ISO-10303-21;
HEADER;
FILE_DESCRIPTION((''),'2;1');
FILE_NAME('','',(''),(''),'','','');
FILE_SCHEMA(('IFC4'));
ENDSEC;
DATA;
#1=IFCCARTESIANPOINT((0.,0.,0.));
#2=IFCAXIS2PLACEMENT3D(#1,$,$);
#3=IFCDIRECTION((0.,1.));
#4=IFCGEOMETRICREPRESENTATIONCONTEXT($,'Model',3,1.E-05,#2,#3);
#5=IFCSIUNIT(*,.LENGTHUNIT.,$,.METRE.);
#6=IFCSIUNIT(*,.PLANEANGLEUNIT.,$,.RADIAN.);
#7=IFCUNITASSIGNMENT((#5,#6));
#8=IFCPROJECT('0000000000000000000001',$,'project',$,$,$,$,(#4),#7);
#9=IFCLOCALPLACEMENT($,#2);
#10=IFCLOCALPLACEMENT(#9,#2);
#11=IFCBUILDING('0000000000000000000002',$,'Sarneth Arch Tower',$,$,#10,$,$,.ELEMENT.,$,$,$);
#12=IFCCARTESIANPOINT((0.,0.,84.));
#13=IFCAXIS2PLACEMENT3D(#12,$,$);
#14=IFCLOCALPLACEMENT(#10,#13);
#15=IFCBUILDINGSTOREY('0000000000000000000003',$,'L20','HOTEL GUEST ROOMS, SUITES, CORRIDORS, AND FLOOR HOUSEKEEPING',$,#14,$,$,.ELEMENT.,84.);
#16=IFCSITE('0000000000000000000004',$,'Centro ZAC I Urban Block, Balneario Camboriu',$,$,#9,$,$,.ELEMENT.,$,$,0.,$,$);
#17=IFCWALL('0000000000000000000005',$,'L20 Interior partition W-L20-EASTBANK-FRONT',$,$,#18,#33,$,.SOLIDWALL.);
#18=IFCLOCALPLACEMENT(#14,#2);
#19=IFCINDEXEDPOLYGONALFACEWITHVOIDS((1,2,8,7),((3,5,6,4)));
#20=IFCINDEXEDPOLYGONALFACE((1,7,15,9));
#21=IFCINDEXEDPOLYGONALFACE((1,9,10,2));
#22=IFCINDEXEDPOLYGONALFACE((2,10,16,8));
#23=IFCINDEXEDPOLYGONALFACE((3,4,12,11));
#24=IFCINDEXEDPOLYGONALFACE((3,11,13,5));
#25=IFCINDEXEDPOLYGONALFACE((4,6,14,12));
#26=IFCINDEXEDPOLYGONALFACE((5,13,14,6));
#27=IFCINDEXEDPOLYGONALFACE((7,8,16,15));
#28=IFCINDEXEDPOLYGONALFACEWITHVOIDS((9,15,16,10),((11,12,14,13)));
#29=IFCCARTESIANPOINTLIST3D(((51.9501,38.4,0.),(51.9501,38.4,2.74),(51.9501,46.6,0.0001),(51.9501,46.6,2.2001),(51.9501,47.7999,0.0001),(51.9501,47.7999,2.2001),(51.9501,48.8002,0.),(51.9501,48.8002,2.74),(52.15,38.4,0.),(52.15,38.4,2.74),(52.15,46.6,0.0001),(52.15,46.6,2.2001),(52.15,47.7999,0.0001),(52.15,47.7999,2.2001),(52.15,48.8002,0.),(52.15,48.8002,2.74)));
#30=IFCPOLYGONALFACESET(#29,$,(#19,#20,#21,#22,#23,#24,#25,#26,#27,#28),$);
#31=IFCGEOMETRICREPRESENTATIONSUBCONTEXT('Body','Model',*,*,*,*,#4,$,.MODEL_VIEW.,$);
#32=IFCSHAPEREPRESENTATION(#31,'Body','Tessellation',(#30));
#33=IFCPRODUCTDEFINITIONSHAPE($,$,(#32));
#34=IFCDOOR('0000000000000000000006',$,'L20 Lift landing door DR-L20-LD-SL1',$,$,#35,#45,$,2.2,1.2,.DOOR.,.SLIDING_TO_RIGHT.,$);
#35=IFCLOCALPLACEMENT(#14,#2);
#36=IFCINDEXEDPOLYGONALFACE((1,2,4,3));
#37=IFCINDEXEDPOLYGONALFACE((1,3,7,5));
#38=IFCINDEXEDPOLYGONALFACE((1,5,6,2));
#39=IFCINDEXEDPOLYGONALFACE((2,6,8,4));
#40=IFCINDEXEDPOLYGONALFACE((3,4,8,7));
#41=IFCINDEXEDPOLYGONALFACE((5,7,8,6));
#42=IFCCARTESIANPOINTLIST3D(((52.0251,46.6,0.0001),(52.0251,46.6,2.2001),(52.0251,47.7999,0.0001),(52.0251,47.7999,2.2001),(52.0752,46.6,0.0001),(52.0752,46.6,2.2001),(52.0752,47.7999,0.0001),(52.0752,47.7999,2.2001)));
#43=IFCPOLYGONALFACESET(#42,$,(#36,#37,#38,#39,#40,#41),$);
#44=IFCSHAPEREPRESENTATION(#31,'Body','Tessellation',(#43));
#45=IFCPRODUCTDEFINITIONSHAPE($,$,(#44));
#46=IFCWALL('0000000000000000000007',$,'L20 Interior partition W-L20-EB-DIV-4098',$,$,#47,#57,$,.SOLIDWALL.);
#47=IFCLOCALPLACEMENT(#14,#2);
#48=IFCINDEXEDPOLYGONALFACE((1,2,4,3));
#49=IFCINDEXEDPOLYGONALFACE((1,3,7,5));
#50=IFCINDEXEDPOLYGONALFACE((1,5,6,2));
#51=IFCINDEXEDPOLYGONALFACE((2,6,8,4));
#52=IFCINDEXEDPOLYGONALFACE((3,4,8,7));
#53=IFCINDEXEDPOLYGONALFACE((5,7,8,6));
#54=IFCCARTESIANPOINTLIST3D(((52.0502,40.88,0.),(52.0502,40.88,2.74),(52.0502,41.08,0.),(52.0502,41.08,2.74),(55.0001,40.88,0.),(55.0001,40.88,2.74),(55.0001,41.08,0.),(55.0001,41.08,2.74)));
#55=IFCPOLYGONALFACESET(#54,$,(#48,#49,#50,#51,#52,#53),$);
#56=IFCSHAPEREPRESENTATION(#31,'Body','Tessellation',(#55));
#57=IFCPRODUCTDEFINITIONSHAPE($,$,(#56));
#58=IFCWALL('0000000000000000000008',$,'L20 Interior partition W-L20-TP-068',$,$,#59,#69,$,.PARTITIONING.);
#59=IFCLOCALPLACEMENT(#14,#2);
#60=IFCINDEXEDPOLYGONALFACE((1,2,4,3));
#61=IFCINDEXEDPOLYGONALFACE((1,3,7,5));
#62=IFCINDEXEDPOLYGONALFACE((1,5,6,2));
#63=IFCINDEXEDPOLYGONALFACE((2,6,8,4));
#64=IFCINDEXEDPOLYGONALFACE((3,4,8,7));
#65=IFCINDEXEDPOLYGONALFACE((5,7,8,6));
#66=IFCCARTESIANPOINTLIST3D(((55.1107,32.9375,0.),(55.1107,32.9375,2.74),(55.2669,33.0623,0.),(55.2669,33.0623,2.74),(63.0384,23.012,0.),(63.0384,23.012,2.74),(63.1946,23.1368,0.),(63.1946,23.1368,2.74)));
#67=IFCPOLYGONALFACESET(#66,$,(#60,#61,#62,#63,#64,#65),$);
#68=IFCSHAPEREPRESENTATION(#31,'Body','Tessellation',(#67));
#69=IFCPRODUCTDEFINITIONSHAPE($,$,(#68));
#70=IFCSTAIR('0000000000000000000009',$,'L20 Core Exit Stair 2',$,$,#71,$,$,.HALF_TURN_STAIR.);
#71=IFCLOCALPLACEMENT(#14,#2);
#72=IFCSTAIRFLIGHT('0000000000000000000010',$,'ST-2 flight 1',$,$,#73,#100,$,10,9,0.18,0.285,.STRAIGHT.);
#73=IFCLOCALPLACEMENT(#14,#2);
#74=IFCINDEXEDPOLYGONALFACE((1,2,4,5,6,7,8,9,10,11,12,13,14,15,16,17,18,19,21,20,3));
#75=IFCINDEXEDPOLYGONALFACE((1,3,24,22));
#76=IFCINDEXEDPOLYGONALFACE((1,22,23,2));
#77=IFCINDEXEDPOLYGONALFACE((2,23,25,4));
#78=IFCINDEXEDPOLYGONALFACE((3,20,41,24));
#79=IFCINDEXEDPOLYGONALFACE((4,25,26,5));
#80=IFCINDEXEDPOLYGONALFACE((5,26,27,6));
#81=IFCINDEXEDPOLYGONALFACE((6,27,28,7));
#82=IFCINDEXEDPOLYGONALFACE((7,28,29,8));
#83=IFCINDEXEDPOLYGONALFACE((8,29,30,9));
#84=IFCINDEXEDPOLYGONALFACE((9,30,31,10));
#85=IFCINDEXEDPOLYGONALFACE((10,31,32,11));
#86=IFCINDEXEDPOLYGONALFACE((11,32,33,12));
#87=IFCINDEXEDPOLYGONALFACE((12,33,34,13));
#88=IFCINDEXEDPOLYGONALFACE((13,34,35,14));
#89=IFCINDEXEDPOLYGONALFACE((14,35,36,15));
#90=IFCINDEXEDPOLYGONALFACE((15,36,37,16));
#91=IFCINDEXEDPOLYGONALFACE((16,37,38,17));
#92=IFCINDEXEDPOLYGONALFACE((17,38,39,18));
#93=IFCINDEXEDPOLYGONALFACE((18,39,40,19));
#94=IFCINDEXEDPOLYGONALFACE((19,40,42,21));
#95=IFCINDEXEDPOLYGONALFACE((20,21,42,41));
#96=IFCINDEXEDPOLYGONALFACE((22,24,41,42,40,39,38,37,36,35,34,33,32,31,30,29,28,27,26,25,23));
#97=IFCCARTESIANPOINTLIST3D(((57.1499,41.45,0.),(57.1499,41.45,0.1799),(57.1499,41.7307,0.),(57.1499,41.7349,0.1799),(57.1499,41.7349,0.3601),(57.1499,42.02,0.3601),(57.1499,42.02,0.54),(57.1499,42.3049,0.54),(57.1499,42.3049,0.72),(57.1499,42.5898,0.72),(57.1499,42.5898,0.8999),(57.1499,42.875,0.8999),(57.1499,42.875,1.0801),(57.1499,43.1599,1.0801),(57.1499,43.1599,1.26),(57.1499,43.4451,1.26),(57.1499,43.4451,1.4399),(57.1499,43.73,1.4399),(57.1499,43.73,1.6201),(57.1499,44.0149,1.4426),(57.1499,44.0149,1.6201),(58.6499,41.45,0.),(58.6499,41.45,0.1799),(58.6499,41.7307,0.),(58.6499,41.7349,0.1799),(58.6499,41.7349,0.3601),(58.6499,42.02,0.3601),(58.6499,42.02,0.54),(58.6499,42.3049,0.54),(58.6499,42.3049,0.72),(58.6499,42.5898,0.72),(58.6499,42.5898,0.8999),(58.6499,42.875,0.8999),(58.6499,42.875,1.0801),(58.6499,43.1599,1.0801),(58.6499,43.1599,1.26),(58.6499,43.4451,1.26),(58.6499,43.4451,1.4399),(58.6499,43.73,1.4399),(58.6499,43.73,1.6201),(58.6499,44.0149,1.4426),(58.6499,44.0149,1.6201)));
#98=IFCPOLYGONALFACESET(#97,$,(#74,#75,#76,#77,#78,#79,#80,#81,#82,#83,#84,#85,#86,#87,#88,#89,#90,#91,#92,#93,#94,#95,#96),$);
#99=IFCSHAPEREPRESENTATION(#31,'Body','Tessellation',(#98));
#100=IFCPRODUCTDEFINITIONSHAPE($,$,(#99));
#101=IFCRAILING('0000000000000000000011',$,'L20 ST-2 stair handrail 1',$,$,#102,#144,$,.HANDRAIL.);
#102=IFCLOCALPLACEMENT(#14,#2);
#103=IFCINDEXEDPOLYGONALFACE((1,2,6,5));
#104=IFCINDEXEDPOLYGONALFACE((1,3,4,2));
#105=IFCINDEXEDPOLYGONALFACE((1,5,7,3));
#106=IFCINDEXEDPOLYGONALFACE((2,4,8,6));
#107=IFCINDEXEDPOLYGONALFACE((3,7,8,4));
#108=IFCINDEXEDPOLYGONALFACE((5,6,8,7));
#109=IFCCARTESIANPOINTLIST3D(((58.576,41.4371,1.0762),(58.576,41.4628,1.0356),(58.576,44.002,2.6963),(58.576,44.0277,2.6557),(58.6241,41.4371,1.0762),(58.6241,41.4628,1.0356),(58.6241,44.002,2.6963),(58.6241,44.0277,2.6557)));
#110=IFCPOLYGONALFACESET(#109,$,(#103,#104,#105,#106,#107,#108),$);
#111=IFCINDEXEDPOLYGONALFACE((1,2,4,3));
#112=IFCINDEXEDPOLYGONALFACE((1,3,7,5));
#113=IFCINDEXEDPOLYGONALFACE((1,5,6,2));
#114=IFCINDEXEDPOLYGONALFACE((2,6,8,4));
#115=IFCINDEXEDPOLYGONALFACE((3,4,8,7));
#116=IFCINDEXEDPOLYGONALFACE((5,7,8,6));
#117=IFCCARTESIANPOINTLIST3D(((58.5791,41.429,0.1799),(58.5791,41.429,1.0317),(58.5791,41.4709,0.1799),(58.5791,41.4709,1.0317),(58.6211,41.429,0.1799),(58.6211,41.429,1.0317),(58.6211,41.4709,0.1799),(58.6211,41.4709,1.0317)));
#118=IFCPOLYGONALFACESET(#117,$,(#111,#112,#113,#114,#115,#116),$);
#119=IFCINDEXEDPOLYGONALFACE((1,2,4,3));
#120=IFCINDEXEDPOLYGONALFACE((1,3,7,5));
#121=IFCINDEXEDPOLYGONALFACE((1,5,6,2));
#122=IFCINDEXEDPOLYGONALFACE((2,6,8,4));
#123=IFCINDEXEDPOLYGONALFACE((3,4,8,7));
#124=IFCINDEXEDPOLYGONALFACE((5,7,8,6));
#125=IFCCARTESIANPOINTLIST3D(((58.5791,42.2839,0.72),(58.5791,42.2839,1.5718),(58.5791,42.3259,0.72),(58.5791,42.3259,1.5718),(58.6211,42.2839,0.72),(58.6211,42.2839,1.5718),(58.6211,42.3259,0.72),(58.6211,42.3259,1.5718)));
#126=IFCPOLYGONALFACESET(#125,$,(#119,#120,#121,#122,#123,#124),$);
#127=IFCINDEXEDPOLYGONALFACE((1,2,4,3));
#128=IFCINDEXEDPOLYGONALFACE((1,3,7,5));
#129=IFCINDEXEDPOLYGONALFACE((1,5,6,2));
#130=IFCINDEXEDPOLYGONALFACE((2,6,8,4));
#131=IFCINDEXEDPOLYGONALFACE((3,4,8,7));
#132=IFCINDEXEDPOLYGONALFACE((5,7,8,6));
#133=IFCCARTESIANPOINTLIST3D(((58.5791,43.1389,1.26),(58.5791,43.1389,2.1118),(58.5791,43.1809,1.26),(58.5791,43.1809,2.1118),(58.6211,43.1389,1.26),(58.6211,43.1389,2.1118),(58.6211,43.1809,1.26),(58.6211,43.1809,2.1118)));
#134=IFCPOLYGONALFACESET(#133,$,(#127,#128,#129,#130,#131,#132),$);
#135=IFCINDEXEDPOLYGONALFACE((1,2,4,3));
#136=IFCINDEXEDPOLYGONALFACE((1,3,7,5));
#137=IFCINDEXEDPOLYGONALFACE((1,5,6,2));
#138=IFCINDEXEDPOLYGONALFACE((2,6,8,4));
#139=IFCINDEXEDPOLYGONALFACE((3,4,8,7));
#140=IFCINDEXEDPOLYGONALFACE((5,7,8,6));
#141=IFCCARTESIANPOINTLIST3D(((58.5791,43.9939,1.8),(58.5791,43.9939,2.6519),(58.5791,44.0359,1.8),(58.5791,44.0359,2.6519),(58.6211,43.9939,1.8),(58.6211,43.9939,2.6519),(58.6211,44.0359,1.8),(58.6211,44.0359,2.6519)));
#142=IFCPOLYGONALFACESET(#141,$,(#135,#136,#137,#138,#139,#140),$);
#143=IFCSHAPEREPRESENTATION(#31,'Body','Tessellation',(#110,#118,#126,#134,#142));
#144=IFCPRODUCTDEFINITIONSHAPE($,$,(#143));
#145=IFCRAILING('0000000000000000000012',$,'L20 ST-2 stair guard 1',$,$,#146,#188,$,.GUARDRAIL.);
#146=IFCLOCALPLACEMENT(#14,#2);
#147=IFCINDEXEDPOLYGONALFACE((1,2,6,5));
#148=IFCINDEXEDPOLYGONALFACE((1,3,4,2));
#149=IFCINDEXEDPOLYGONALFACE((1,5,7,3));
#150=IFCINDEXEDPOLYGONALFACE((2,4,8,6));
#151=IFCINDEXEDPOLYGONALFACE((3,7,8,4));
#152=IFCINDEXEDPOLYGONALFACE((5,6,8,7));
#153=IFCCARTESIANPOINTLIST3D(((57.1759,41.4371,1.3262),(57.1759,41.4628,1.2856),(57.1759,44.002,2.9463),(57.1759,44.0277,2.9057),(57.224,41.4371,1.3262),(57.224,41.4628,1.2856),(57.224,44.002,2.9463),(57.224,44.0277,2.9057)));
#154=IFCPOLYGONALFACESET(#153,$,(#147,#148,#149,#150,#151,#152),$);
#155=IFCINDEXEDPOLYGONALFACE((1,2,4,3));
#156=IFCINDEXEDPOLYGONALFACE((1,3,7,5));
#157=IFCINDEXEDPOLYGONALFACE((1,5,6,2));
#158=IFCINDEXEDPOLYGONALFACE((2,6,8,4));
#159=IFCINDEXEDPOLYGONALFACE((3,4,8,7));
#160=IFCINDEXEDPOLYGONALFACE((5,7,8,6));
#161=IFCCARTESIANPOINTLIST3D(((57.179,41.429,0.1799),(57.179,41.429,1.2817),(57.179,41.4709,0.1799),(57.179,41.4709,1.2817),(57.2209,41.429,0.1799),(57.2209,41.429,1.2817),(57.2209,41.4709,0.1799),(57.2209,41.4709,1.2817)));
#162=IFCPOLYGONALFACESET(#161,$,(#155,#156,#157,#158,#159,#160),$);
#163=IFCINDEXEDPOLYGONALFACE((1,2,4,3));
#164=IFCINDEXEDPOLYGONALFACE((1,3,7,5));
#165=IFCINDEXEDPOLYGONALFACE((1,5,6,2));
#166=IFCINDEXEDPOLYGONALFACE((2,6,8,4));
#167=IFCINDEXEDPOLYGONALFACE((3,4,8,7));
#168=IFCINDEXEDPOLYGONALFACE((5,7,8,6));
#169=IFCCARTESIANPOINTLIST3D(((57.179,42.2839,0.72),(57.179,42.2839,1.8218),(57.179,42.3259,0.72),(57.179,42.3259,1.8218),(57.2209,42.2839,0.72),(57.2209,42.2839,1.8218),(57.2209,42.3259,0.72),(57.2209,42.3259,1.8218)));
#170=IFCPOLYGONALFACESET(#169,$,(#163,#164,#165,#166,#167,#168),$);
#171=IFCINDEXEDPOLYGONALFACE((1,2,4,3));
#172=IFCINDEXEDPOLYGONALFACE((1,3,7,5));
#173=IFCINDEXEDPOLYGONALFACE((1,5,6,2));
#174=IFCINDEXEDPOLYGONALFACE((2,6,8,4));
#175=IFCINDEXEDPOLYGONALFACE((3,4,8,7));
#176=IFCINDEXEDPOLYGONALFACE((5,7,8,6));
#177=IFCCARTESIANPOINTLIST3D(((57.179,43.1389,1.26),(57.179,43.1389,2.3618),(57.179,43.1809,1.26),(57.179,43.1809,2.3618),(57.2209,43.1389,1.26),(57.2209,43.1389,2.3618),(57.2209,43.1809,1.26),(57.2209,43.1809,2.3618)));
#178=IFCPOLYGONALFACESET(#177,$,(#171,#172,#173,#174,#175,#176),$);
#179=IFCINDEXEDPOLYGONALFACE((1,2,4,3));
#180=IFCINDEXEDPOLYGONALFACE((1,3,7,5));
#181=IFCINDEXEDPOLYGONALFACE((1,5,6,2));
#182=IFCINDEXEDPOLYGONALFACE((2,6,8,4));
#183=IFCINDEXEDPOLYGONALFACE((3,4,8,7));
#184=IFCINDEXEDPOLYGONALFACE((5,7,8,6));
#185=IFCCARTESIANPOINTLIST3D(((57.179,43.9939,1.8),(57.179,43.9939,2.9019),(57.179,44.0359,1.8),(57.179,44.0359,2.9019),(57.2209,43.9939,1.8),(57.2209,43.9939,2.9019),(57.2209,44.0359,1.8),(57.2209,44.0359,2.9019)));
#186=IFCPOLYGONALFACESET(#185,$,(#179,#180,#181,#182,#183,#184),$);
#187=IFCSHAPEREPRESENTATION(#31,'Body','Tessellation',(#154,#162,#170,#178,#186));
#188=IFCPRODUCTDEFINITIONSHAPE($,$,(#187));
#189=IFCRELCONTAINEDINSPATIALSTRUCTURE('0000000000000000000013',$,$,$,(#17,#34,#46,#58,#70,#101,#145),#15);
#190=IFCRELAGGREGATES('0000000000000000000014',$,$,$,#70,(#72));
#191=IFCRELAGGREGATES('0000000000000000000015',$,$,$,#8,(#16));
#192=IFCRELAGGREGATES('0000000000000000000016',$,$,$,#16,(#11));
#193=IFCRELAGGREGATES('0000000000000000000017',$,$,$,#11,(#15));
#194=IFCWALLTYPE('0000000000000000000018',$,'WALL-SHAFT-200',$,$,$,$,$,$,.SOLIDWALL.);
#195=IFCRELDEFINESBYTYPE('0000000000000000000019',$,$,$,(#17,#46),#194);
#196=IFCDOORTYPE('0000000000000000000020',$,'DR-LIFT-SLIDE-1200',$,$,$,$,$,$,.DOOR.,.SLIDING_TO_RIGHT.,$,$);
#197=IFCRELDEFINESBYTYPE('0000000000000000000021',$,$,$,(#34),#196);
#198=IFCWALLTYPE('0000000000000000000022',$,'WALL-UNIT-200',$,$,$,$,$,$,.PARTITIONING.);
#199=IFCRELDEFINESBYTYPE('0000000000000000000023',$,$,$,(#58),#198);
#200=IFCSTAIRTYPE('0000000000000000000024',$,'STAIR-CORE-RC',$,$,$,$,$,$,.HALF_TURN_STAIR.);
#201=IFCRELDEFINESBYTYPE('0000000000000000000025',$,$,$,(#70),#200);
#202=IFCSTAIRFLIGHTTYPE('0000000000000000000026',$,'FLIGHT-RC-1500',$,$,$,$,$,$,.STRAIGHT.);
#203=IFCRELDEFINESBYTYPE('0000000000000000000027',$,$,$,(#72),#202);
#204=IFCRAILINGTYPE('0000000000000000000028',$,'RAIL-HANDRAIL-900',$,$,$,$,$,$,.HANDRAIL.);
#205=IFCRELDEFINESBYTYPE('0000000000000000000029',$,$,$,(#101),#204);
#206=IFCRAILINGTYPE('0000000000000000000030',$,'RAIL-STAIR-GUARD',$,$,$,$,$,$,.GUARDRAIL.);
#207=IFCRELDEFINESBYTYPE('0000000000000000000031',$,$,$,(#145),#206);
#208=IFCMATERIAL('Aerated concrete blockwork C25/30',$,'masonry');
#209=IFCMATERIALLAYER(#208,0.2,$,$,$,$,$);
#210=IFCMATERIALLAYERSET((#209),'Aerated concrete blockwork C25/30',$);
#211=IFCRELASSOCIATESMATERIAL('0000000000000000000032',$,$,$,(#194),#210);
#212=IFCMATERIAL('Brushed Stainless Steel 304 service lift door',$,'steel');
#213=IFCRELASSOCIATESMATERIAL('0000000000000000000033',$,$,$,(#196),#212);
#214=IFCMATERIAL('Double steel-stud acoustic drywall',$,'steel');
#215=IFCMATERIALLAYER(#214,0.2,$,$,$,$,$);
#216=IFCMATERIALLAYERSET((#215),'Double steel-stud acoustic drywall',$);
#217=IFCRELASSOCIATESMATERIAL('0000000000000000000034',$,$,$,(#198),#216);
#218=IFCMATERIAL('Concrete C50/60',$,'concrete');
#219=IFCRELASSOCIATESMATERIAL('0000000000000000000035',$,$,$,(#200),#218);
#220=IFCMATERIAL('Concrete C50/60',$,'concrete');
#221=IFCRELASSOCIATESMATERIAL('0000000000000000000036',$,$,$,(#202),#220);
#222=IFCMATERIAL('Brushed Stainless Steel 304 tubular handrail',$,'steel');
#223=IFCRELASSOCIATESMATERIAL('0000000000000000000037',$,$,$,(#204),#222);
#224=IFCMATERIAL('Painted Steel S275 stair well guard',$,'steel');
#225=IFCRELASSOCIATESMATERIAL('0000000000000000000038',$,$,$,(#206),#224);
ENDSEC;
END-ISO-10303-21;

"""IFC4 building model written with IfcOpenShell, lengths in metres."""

from ifc_helpers import new_model, si_unit, direction, frame, frame_2d, origin, origin_2d, place, context, subcontext, project, spatial, polyline, rectangle, outline, extrude, material, layer, layer_set, type_object, element, fill, aggregate, save


model = new_model("IFC4")

# Units and contexts
model_context = context("Model", 3, precision=1e-05, world=origin(), true_north=direction((0.0, 1.0)))
body_context = subcontext(model_context, "Body", "Model", "MODEL_VIEW")
ifc_project = project(units=[si_unit("LENGTHUNIT", "METRE"), si_unit("PLANEANGLEUNIT", "RADIAN")], contexts=[model_context])

# Site, building, storey
site_placement = place(None, origin())
site = spatial("IfcSite", under=ifc_project, at=site_placement, Name="Centro ZAC I Urban Block, Balneario Camboriu", CompositionType="ELEMENT", RefElevation=0.0)
building_placement = place(site_placement, origin())
building = spatial("IfcBuilding", under=site, at=building_placement, Name="Sarneth Arch Tower", CompositionType="ELEMENT")
storey_placement = place(building_placement, frame((0.0, 0.0, 84.0)))
storey = spatial("IfcBuildingStorey", under=building, at=storey_placement, Name="L20", Description="HOTEL GUEST ROOMS, SUITES, CORRIDORS, AND FLOOR HOUSEKEEPING", CompositionType="ELEMENT", Elevation=84.0)

# Shared definitions
ifc_material_1 = material(Name="Aerated concrete blockwork C25/30", Category="masonry")
ifc_layer_1 = layer(ifc_material_1, 0.2)
ifc_layer_set_1 = layer_set([ifc_layer_1], Name="Aerated concrete blockwork C25/30")
wall_type_1 = type_object("IfcWallType", Name="WALL-SHAFT-200", PredefinedType="SOLIDWALL", material=ifc_layer_set_1)

# Wall, opening, door
wall_1_placement = place(storey_placement, frame((52.05, 38.3999, 0.0), z_axis=(0.0, 0.0, 1.0), x_axis=(0.0, 1.0, 0.0)))
wall_1 = element("IfcWall", 1, at=wall_1_placement, inside=storey, type_object=wall_type_1, Name="L20 Interior partition W-L20-EASTBANK-FRONT", PredefinedType="SOLIDWALL", context=body_context, shape_type="SweptSolid", body=[
    extrude(rectangle(XDim=10.4001, YDim=0.2, at=frame_2d((5.2002, 0.0))), origin(), (0.0, 0.0, 1.0), 2.74),
])
opening_1_placement = place(wall_1_placement, frame((8.2, 0.0, 0.0)))
opening_1 = element("IfcOpeningElement", 2, at=opening_1_placement, cuts=wall_1, PredefinedType="OPENING", context=body_context, shape_type="SweptSolid", body=[
    extrude(rectangle(XDim=1.2, YDim=2.2, at=frame_2d((0.6001, 1.1001))), frame((0.0, 0.1099, 0.0), z_axis=(0.0, -1.0, 0.0), x_axis=(1.0, 0.0, 0.0)), (0.0, 0.0, 1.0), 0.22),
])
ifc_material_2 = material(Name="Brushed Stainless Steel 304 service lift door", Category="steel")
door_type_1 = type_object("IfcDoorType", Name="DR-LIFT-SLIDE-1200", OperationType="SLIDING_TO_RIGHT", PredefinedType="DOOR", material=ifc_material_2)
door_1_placement = place(opening_1_placement, origin())
door_1 = element("IfcDoor", 3, at=door_1_placement, inside=storey, type_object=door_type_1, Name="L20 Lift landing door DR-L20-LD-SL1", OperationType="SLIDING_TO_RIGHT", OverallHeight=2.2, OverallWidth=1.2, PredefinedType="DOOR", context=body_context, shape_type="SweptSolid", body=[
    extrude(rectangle(XDim=1.2, YDim=2.2, at=frame_2d((0.6001, 1.1001))), frame((0.0, 0.0249, 0.0), z_axis=(0.0, -1.0, 0.0), x_axis=(1.0, 0.0, 0.0)), (0.0, 0.0, 1.0), 0.05),
])
fill(opening_1, door_1)

# Walls
wall_2_placement = place(storey_placement, frame((52.05, 40.98, 0.0), z_axis=(0.0, 0.0, 1.0), x_axis=(1.0, 0.0, 0.0)))
element("IfcWall", 4, at=wall_2_placement, inside=storey, type_object=wall_type_1, Name="L20 Interior partition W-L20-EB-DIV-4098", PredefinedType="SOLIDWALL", context=body_context, shape_type="SweptSolid", body=[
    extrude(rectangle(XDim=2.95, YDim=0.2, at=frame_2d((1.4751, 0.0))), origin(), (0.0, 0.0, 1.0), 2.74),
])
ifc_material_3 = material(Name="Double steel-stud acoustic drywall", Category="steel")
ifc_layer_2 = layer(ifc_material_3, 0.2)
ifc_layer_set_2 = layer_set([ifc_layer_2], Name="Double steel-stud acoustic drywall")
wall_type_2 = type_object("IfcWallType", Name="WALL-UNIT-200", PredefinedType="PARTITIONING", material=ifc_layer_set_2)
wall_3_placement = place(storey_placement, frame((55.1887, 33.0, 0.0), z_axis=(0.0, 0.0, 1.0), x_axis=(0.624085, -0.781356, 0.0)))
element("IfcWall", 5, at=wall_3_placement, inside=storey, type_object=wall_type_2, Name="L20 Interior partition W-L20-TP-068", PredefinedType="PARTITIONING", context=body_context, shape_type="SweptSolid", body=[
    extrude(rectangle(XDim=12.7029, YDim=0.2, at=frame_2d((6.3516, 0.0))), origin(), (0.0, 0.0, 1.0), 2.74),
])

# Stair, stair flight
ifc_material_4 = material(Name="Concrete C50/60", Category="concrete")
stair_type = type_object("IfcStairType", Name="STAIR-CORE-RC", PredefinedType="HALF_TURN_STAIR", material=ifc_material_4)
stair_placement = place(storey_placement, origin())
stair = element("IfcStair", 6, at=stair_placement, inside=storey, type_object=stair_type, Name="L20 Core Exit Stair 2", PredefinedType="HALF_TURN_STAIR")
ifc_material_5 = material(Name="Concrete C50/60", Category="concrete")
stair_flight_type = type_object("IfcStairFlightType", Name="FLIGHT-RC-1500", PredefinedType="STRAIGHT", material=ifc_material_5)
stair_flight_placement = place(storey_placement, frame((57.8999, 41.45, 0.0), z_axis=(0.0, 0.0, 1.0), x_axis=(0.0, 1.0, 0.0)))
stair_flight = element("IfcStairFlight", 7, at=stair_flight_placement, type_object=stair_flight_type, Name="ST-2 flight 1", NumberOfRisers=10, NumberOfTreads=9, PredefinedType="STRAIGHT", RiserHeight=0.18, TreadLength=0.285, context=body_context, shape_type="SweptSolid", body=[
    extrude(outline(polyline([(0.0, 0.0), (0.0, 0.1799), (0.2849, 0.1799), (0.2849, 0.3601), (0.5701, 0.3601), (0.5701, 0.54), (0.855, 0.54), (0.855, 0.72), (1.1399, 0.72), (1.1399, 0.8999), (1.425, 0.8999), (1.425, 1.0801), (1.71, 1.0801), (1.71, 1.26), (1.9951, 1.26), (1.9951, 1.4399), (2.28, 1.4399), (2.28, 1.6201), (2.5649, 1.6201), (2.5649, 1.8), (2.5649, 1.4426), (0.2808, 0.0), (0.0, 0.0)])), frame((0.0, 0.75, 0.0), z_axis=(0.0, -1.0, 0.0), x_axis=(1.0, 0.0, 0.0)), (0.0, 0.0, 1.0), 1.5),
])
aggregate(stair, [stair_flight])

# Railings
ifc_material_6 = material(Name="Brushed Stainless Steel 304 tubular handrail", Category="steel")
railing_type_1 = type_object("IfcRailingType", Name="RAIL-HANDRAIL-900", PredefinedType="HANDRAIL", material=ifc_material_6)
railing_1_placement = place(storey_placement, frame((58.6001, 41.45, 0.1799)))
element("IfcRailing", 8, at=railing_1_placement, inside=storey, type_object=railing_type_1, Name="L20 ST-2 stair handrail 1", PredefinedType="HANDRAIL", context=body_context, shape_type="SweptSolid", body=[
    extrude(rectangle(XDim=0.0481, YDim=0.0481, at=origin_2d()), frame((0.0, 0.0, 0.876), z_axis=(0.0, 0.845466, 0.534029), x_axis=(-1.0, 0.0, 0.0)), (0.0, 0.0, 1.0), 3.0337),
    extrude(rectangle(XDim=0.042, YDim=0.042, at=origin_2d()), origin(), (0.0, 0.0, 1.0), 0.8518),
    extrude(rectangle(XDim=0.042, YDim=0.042, at=origin_2d()), frame((0.0, 0.855, 0.54)), (0.0, 0.0, 1.0), 0.8518),
    extrude(rectangle(XDim=0.042, YDim=0.042, at=origin_2d()), frame((0.0, 1.71, 1.0801)), (0.0, 0.0, 1.0), 0.8518),
    extrude(rectangle(XDim=0.042, YDim=0.042, at=origin_2d()), frame((0.0, 2.5649, 1.6201)), (0.0, 0.0, 1.0), 0.8518),
])
ifc_material_7 = material(Name="Painted Steel S275 stair well guard", Category="steel")
railing_type_2 = type_object("IfcRailingType", Name="RAIL-STAIR-GUARD", PredefinedType="GUARDRAIL", material=ifc_material_7)
railing_2_placement = place(storey_placement, frame((57.2, 41.45, 0.1799)))
element("IfcRailing", 9, at=railing_2_placement, inside=storey, type_object=railing_type_2, Name="L20 ST-2 stair guard 1", PredefinedType="GUARDRAIL", context=body_context, shape_type="SweptSolid", body=[
    extrude(rectangle(XDim=0.0481, YDim=0.0481, at=origin_2d()), frame((0.0, 0.0, 1.126), z_axis=(0.0, 0.845466, 0.534029), x_axis=(-1.0, 0.0, 0.0)), (0.0, 0.0, 1.0), 3.0337),
    extrude(rectangle(XDim=0.042, YDim=0.042, at=origin_2d()), origin(), (0.0, 0.0, 1.0), 1.1018),
    extrude(rectangle(XDim=0.042, YDim=0.042, at=origin_2d()), frame((0.0, 0.855, 0.54)), (0.0, 0.0, 1.0), 1.1018),
    extrude(rectangle(XDim=0.042, YDim=0.042, at=origin_2d()), frame((0.0, 1.71, 1.0801)), (0.0, 0.0, 1.0), 1.1018),
    extrude(rectangle(XDim=0.042, YDim=0.042, at=origin_2d()), frame((0.0, 2.5649, 1.6201)), (0.0, 0.0, 1.0), 1.1018),
])

save(model, "model.ifc")
